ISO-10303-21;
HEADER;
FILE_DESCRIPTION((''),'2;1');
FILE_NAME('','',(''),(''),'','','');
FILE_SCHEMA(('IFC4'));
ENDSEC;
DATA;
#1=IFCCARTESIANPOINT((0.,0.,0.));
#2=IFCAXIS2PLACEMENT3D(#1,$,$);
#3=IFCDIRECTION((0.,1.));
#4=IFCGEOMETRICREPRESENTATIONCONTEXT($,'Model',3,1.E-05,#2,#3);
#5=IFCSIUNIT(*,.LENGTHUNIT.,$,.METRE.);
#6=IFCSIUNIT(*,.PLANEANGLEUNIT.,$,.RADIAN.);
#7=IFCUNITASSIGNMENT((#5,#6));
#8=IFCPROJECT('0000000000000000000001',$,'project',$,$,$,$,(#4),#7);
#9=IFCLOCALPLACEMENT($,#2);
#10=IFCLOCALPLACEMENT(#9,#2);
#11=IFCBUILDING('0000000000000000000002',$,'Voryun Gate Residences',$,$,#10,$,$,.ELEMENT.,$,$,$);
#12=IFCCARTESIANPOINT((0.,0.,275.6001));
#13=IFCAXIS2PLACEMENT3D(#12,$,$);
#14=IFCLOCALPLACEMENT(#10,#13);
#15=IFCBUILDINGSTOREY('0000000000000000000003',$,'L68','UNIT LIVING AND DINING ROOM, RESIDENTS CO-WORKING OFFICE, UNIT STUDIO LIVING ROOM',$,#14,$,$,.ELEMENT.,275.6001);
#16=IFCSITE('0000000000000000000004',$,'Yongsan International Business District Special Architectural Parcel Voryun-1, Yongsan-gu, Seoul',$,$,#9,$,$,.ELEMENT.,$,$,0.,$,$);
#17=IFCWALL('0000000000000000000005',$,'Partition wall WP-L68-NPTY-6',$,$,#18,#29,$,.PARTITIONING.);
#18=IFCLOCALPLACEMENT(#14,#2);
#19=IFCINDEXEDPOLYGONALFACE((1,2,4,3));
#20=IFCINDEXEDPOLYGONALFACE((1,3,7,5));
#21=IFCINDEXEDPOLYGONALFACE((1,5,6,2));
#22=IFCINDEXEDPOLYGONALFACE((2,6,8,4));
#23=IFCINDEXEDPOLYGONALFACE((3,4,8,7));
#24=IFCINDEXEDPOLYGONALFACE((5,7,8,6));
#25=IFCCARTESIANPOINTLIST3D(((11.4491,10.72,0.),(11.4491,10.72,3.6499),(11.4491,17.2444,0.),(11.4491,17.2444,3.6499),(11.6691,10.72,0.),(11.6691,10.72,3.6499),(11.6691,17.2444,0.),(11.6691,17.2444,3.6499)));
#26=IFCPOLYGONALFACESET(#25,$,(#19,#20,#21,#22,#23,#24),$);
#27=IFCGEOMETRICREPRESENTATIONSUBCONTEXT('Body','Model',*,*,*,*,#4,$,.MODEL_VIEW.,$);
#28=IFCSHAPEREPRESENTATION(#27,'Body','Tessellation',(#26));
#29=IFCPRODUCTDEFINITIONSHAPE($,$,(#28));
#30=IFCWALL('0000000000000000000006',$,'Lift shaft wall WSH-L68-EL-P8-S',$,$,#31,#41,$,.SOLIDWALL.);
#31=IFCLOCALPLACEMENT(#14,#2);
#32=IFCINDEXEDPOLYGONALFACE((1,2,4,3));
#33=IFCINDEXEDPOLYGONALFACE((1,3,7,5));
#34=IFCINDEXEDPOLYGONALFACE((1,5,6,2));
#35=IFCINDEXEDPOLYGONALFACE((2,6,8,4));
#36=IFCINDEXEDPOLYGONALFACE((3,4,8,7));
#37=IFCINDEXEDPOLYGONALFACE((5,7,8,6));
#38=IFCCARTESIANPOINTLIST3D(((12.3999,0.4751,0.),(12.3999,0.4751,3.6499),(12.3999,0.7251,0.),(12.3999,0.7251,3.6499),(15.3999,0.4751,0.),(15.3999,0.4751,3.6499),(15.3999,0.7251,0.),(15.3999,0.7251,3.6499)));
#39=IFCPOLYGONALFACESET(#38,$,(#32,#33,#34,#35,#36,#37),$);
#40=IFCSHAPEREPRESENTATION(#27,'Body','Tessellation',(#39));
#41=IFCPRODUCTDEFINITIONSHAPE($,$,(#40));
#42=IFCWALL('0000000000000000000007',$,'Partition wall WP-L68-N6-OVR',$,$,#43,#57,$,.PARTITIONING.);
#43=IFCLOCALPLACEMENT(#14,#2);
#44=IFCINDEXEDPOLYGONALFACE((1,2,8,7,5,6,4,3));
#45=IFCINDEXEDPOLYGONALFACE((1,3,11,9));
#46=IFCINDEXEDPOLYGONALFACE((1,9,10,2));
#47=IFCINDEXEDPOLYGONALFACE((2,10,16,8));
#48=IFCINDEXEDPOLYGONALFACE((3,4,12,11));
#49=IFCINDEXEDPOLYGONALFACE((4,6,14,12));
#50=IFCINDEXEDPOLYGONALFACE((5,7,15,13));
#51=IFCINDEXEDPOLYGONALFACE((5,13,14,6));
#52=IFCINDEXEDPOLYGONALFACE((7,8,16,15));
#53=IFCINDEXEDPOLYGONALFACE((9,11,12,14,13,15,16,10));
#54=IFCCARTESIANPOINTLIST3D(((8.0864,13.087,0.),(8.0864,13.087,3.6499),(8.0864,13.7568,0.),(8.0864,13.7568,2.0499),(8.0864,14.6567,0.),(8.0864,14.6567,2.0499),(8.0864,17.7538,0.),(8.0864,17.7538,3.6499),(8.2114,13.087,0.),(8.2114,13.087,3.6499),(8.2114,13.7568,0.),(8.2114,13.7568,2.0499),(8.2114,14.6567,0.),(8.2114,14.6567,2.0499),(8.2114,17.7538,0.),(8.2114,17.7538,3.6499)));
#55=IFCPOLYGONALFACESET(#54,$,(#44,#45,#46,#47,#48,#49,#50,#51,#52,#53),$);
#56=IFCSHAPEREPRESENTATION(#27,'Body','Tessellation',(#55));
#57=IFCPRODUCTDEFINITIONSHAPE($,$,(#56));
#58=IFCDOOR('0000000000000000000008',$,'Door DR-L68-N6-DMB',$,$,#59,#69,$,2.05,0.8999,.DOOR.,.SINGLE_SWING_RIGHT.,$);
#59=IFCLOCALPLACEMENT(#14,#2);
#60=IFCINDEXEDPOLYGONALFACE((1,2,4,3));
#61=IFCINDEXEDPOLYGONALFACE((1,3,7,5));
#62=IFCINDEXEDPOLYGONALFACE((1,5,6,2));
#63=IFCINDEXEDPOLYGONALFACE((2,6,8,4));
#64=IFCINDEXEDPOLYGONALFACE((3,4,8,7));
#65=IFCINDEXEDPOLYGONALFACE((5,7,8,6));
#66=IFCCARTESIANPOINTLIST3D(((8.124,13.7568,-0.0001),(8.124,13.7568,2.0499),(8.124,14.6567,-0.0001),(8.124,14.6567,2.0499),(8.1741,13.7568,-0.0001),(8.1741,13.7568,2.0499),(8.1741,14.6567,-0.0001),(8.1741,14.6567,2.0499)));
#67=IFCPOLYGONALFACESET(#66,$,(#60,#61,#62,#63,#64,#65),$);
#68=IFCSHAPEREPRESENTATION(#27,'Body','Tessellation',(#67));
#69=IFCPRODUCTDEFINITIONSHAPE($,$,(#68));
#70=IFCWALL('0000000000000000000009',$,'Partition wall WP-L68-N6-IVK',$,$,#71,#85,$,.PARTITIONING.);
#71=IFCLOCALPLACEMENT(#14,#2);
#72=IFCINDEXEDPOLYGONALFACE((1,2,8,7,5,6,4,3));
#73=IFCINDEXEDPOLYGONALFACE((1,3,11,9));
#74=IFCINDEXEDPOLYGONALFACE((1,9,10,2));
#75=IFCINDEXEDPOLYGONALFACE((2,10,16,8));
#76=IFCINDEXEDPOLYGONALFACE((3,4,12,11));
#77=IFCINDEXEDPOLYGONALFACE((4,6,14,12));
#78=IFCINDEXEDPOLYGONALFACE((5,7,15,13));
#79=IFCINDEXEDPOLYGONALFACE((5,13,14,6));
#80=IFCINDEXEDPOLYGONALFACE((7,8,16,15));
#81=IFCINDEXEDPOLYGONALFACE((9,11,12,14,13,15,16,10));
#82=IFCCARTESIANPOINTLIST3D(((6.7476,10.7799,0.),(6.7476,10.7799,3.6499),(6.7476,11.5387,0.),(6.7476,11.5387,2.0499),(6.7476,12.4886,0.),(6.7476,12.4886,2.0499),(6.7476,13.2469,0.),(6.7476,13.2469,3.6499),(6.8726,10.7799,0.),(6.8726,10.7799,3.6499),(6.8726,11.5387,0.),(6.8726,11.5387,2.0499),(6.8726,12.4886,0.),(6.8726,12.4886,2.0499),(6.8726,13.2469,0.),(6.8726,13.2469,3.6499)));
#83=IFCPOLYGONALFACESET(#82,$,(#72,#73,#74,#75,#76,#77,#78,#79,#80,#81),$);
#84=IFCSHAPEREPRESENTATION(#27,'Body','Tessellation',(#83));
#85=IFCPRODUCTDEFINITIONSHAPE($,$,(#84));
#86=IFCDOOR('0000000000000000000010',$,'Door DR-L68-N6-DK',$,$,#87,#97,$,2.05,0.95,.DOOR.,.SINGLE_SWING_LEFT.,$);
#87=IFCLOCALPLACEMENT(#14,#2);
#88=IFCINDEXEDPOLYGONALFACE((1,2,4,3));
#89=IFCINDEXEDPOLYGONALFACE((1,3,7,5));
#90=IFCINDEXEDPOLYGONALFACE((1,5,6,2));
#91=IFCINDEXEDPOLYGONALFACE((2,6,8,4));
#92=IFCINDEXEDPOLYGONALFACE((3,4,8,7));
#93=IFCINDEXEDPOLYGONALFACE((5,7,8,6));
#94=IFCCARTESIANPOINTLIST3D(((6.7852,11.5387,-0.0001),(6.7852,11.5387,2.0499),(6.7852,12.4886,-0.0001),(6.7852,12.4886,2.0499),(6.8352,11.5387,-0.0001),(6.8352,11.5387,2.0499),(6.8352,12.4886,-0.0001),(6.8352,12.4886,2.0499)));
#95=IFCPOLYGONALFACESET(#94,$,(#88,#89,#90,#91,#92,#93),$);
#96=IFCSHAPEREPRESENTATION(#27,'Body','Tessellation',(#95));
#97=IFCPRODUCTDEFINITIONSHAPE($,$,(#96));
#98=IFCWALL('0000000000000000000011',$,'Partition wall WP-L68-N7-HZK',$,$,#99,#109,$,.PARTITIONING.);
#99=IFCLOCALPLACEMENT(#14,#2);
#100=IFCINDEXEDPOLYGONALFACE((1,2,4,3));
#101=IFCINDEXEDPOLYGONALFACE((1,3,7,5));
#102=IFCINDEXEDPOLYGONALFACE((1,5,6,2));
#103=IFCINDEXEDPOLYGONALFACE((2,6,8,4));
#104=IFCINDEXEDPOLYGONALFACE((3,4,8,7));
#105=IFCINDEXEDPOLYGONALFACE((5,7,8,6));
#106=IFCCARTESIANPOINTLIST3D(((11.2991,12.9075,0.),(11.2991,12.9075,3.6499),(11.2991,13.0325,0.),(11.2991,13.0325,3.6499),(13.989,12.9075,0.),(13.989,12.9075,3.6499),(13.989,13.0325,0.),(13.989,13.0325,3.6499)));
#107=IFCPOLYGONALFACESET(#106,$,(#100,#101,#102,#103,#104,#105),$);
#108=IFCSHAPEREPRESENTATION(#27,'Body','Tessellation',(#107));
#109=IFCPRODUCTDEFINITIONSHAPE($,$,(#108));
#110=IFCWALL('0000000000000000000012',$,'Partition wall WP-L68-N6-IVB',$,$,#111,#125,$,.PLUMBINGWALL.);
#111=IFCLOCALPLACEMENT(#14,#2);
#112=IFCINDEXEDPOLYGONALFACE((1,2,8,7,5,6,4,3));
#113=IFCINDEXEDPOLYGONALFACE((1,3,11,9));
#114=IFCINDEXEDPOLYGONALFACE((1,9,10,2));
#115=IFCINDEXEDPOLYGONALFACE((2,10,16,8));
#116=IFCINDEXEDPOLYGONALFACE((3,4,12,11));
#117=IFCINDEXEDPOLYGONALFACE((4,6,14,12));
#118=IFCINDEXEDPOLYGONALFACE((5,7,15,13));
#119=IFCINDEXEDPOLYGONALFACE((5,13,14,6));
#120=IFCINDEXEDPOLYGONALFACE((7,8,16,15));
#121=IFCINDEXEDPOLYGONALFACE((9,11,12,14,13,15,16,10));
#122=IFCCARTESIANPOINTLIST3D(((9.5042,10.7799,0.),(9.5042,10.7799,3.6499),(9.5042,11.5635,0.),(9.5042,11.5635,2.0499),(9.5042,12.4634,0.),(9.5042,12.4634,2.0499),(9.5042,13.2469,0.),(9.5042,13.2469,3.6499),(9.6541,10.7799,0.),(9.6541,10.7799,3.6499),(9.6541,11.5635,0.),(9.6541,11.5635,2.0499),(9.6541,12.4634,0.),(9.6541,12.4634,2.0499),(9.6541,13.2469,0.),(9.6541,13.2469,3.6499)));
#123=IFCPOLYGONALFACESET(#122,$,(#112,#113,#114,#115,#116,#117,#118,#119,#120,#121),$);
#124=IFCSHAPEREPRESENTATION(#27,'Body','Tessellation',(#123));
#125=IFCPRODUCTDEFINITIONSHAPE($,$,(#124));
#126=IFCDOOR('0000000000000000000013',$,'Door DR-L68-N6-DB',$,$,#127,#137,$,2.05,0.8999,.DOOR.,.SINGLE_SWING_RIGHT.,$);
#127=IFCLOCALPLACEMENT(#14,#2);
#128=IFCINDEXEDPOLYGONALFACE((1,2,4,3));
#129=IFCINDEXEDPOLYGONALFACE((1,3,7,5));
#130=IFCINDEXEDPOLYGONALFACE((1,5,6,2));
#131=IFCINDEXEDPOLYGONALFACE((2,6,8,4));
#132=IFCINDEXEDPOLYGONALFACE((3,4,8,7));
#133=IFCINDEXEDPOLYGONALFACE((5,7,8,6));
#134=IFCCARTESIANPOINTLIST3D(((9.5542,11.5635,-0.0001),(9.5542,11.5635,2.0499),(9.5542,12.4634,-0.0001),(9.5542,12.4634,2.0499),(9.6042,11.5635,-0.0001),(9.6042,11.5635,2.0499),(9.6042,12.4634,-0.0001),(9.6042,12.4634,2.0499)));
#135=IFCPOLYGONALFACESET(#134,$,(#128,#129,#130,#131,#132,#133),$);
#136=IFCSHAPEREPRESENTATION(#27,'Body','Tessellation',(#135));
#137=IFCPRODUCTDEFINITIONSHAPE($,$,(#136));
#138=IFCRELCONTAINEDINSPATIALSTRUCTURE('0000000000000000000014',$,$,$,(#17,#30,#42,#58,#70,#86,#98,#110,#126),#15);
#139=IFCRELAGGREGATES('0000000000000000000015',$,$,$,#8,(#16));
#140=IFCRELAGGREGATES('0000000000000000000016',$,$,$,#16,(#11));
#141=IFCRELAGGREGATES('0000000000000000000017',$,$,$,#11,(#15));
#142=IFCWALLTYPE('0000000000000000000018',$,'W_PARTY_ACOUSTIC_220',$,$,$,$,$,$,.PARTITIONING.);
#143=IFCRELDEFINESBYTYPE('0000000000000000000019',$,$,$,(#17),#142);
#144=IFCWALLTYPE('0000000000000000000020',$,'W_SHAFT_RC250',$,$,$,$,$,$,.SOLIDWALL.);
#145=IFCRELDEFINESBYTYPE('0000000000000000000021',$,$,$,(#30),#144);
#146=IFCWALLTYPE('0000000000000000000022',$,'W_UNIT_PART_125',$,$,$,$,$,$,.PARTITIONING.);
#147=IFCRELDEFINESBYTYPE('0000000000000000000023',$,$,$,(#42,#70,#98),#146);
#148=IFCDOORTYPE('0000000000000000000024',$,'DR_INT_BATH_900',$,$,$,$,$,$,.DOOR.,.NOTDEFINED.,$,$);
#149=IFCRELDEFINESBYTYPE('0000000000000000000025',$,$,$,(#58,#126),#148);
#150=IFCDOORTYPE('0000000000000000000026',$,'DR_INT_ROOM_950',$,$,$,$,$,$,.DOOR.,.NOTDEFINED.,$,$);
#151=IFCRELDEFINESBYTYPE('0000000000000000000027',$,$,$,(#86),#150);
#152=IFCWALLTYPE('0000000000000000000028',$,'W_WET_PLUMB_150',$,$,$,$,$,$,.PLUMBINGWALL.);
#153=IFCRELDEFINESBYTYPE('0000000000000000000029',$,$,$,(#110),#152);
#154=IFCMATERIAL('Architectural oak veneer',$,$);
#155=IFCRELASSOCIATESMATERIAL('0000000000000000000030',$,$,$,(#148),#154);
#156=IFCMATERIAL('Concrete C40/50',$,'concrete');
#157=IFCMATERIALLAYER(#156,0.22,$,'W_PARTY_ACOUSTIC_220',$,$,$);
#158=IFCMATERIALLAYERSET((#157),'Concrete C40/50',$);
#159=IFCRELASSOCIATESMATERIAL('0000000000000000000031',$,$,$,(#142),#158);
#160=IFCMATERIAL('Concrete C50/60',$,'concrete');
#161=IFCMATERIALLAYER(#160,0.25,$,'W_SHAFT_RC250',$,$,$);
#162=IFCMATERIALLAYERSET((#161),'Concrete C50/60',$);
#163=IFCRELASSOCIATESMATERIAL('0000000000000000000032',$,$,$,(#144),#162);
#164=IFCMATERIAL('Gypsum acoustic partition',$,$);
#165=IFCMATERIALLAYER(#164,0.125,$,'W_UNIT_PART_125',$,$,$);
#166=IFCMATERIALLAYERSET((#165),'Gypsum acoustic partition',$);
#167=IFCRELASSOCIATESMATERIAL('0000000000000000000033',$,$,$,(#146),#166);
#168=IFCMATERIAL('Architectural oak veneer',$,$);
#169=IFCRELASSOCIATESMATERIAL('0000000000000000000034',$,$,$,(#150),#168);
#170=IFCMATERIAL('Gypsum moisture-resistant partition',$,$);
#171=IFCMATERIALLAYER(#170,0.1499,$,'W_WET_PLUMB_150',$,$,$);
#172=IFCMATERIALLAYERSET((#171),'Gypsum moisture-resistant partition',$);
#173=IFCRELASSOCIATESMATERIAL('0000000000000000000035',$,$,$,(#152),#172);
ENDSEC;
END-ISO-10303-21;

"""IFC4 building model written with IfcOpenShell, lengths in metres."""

from ifc_helpers import new_model, si_unit, direction, frame, frame_2d, origin, place, context, subcontext, project, spatial, rectangle, extrude, material, layer, layer_set, type_object, element, fill, save


model = new_model("IFC4")

# Units and contexts
model_context = context("Model", 3, precision=1e-05, world=origin(), true_north=direction((0.0, 1.0)))
body_context = subcontext(model_context, "Body", "Model", "MODEL_VIEW")
ifc_project = project(units=[si_unit("LENGTHUNIT", "METRE"), si_unit("PLANEANGLEUNIT", "RADIAN")], contexts=[model_context])

# Site, building, storey
site_placement = place(None, origin())
site = spatial("IfcSite", under=ifc_project, at=site_placement, Name="Yongsan International Business District Special Architectural Parcel Voryun-1, Yongsan-gu, Seoul", CompositionType="ELEMENT", RefElevation=0.0)
building_placement = place(site_placement, origin())
building = spatial("IfcBuilding", under=site, at=building_placement, Name="Voryun Gate Residences", CompositionType="ELEMENT")
storey_placement = place(building_placement, frame((0.0, 0.0, 275.6001)))
storey = spatial("IfcBuildingStorey", under=building, at=storey_placement, Name="L68", Description="UNIT LIVING AND DINING ROOM, RESIDENTS CO-WORKING OFFICE, UNIT STUDIO LIVING ROOM", CompositionType="ELEMENT", Elevation=275.6001)

# Shared definitions
ifc_material_1 = material(Name="Architectural oak veneer")
door_type_1 = type_object("IfcDoorType", Name="DR_INT_BATH_900", OperationType="NOTDEFINED", PredefinedType="DOOR", material=ifc_material_1)

# Walls
ifc_material_2 = material(Name="Concrete C40/50", Category="concrete")
ifc_layer_1 = layer(ifc_material_2, 0.22, Name="W_PARTY_ACOUSTIC_220")
ifc_layer_set_1 = layer_set([ifc_layer_1], Name="Concrete C40/50")
wall_type_1 = type_object("IfcWallType", Name="W_PARTY_ACOUSTIC_220", PredefinedType="PARTITIONING", material=ifc_layer_set_1)
wall_1_placement = place(storey_placement, frame((11.5591, 10.72, 0.0), z_axis=(0.0, 0.0, 1.0), x_axis=(0.0, 1.0, 0.0)))
element("IfcWall", 1, at=wall_1_placement, inside=storey, type_object=wall_type_1, Name="Partition wall WP-L68-NPTY-6", PredefinedType="PARTITIONING", context=body_context, shape_type="SweptSolid", body=[
    extrude(rectangle(XDim=6.5244, YDim=0.22, at=frame_2d((3.2622, 0.0))), origin(), (0.0, 0.0, 1.0), 3.6499),
])
ifc_material_3 = material(Name="Concrete C50/60", Category="concrete")
ifc_layer_2 = layer(ifc_material_3, 0.25, Name="W_SHAFT_RC250")
ifc_layer_set_2 = layer_set([ifc_layer_2], Name="Concrete C50/60")
wall_type_2 = type_object("IfcWallType", Name="W_SHAFT_RC250", PredefinedType="SOLIDWALL", material=ifc_layer_set_2)
wall_2_placement = place(storey_placement, frame((12.3999, 0.6001, 0.0), z_axis=(0.0, 0.0, 1.0), x_axis=(1.0, 0.0, 0.0)))
element("IfcWall", 2, at=wall_2_placement, inside=storey, type_object=wall_type_2, Name="Lift shaft wall WSH-L68-EL-P8-S", PredefinedType="SOLIDWALL", context=body_context, shape_type="SweptSolid", body=[
    extrude(rectangle(XDim=3.0, YDim=0.25, at=frame_2d((1.5, 0.0))), origin(), (0.0, 0.0, 1.0), 3.6499),
])

# Walls, openings, doors
ifc_material_4 = material(Name="Gypsum acoustic partition")
ifc_layer_3 = layer(ifc_material_4, 0.125, Name="W_UNIT_PART_125")
ifc_layer_set_3 = layer_set([ifc_layer_3], Name="Gypsum acoustic partition")
wall_type_3 = type_object("IfcWallType", Name="W_UNIT_PART_125", PredefinedType="PARTITIONING", material=ifc_layer_set_3)
wall_3_placement = place(storey_placement, frame((8.1489, 13.0869, 0.0), z_axis=(0.0, 0.0, 1.0), x_axis=(0.0, 1.0, 0.0)))
wall_3 = element("IfcWall", 3, at=wall_3_placement, inside=storey, type_object=wall_type_3, Name="Partition wall WP-L68-N6-OVR", PredefinedType="PARTITIONING", context=body_context, shape_type="SweptSolid", body=[
    extrude(rectangle(XDim=4.6667, YDim=0.125, at=frame_2d((2.3335, 0.0))), origin(), (0.0, 0.0, 1.0), 3.6499),
])
opening_1_placement = place(wall_3_placement, frame((0.6699, 0.0, 0.0)))
opening_1 = element("IfcOpeningElement", 4, at=opening_1_placement, cuts=wall_3, PredefinedType="OPENING", context=body_context, shape_type="SweptSolid", body=[
    extrude(rectangle(XDim=0.8999, YDim=2.05, at=frame_2d((0.45, 1.0249))), frame((0.0, 0.0725, 0.0), z_axis=(0.0, -1.0, 0.0), x_axis=(1.0, 0.0, 0.0)), (0.0, 0.0, 1.0), 0.145),
])
door_1_placement = place(opening_1_placement, origin())
door_1 = element("IfcDoor", 5, at=door_1_placement, inside=storey, type_object=door_type_1, Name="Door DR-L68-N6-DMB", OperationType="SINGLE_SWING_RIGHT", OverallHeight=2.05, OverallWidth=0.8999, PredefinedType="DOOR", context=body_context, shape_type="SweptSolid", body=[
    extrude(rectangle(XDim=0.8999, YDim=2.05, at=frame_2d((0.45, 1.0249))), frame((0.0, 0.0249, 0.0), z_axis=(0.0, -1.0, 0.0), x_axis=(1.0, 0.0, 0.0)), (0.0, 0.0, 1.0), 0.05),
])
fill(opening_1, door_1)
wall_4_placement = place(storey_placement, frame((6.8101, 10.78, 0.0), z_axis=(0.0, 0.0, 1.0), x_axis=(0.0, 1.0, 0.0)))
wall_4 = element("IfcWall", 6, at=wall_4_placement, inside=storey, type_object=wall_type_3, Name="Partition wall WP-L68-N6-IVK", PredefinedType="PARTITIONING", context=body_context, shape_type="SweptSolid", body=[
    extrude(rectangle(XDim=2.467, YDim=0.125, at=frame_2d((1.2334, 0.0))), origin(), (0.0, 0.0, 1.0), 3.6499),
])
opening_2_placement = place(wall_4_placement, frame((0.7585, 0.0, 0.0)))
opening_2 = element("IfcOpeningElement", 7, at=opening_2_placement, cuts=wall_4, PredefinedType="OPENING", context=body_context, shape_type="SweptSolid", body=[
    extrude(rectangle(XDim=0.95, YDim=2.05, at=frame_2d((0.4751, 1.0249))), frame((0.0, 0.0725, 0.0), z_axis=(0.0, -1.0, 0.0), x_axis=(1.0, 0.0, 0.0)), (0.0, 0.0, 1.0), 0.145),
])
ifc_material_5 = material(Name="Architectural oak veneer")
door_type_2 = type_object("IfcDoorType", Name="DR_INT_ROOM_950", OperationType="NOTDEFINED", PredefinedType="DOOR", material=ifc_material_5)
door_2_placement = place(opening_2_placement, origin())
door_2 = element("IfcDoor", 8, at=door_2_placement, inside=storey, type_object=door_type_2, Name="Door DR-L68-N6-DK", OperationType="SINGLE_SWING_LEFT", OverallHeight=2.05, OverallWidth=0.95, PredefinedType="DOOR", context=body_context, shape_type="SweptSolid", body=[
    extrude(rectangle(XDim=0.95, YDim=2.05, at=frame_2d((0.4751, 1.0249))), frame((0.0, 0.0249, 0.0), z_axis=(0.0, -1.0, 0.0), x_axis=(1.0, 0.0, 0.0)), (0.0, 0.0, 1.0), 0.05),
])
fill(opening_2, door_2)

# Wall
wall_5_placement = place(storey_placement, frame((11.2991, 12.97, 0.0), z_axis=(0.0, 0.0, 1.0), x_axis=(1.0, 0.0, 0.0)))
element("IfcWall", 9, at=wall_5_placement, inside=storey, type_object=wall_type_3, Name="Partition wall WP-L68-N7-HZK", PredefinedType="PARTITIONING", context=body_context, shape_type="SweptSolid", body=[
    extrude(rectangle(XDim=2.6899, YDim=0.125, at=frame_2d((1.345, 0.0))), origin(), (0.0, 0.0, 1.0), 3.6499),
])

# Wall, opening, door
ifc_material_6 = material(Name="Gypsum moisture-resistant partition")
ifc_layer_4 = layer(ifc_material_6, 0.1499, Name="W_WET_PLUMB_150")
ifc_layer_set_4 = layer_set([ifc_layer_4], Name="Gypsum moisture-resistant partition")
wall_type_4 = type_object("IfcWallType", Name="W_WET_PLUMB_150", PredefinedType="PLUMBINGWALL", material=ifc_layer_set_4)
wall_6_placement = place(storey_placement, frame((9.5791, 10.78, 0.0), z_axis=(0.0, 0.0, 1.0), x_axis=(0.0, 1.0, 0.0)))
wall_6 = element("IfcWall", 10, at=wall_6_placement, inside=storey, type_object=wall_type_4, Name="Partition wall WP-L68-N6-IVB", PredefinedType="PLUMBINGWALL", context=body_context, shape_type="SweptSolid", body=[
    extrude(rectangle(XDim=2.467, YDim=0.1499, at=frame_2d((1.2334, 0.0))), origin(), (0.0, 0.0, 1.0), 3.6499),
])
opening_3_placement = place(wall_6_placement, frame((0.7834, 0.0, 0.0)))
opening_3 = element("IfcOpeningElement", 11, at=opening_3_placement, cuts=wall_6, PredefinedType="OPENING", context=body_context, shape_type="SweptSolid", body=[
    extrude(rectangle(XDim=0.8999, YDim=2.05, at=frame_2d((0.45, 1.0249))), frame((0.0, 0.085, 0.0), z_axis=(0.0, -1.0, 0.0), x_axis=(1.0, 0.0, 0.0)), (0.0, 0.0, 1.0), 0.1699),
])
door_3_placement = place(opening_3_placement, origin())
door_3 = element("IfcDoor", 12, at=door_3_placement, inside=storey, type_object=door_type_1, Name="Door DR-L68-N6-DB", OperationType="SINGLE_SWING_RIGHT", OverallHeight=2.05, OverallWidth=0.8999, PredefinedType="DOOR", context=body_context, shape_type="SweptSolid", body=[
    extrude(rectangle(XDim=0.8999, YDim=2.05, at=frame_2d((0.45, 1.0249))), frame((0.0, 0.0249, 0.0), z_axis=(0.0, -1.0, 0.0), x_axis=(1.0, 0.0, 0.0)), (0.0, 0.0, 1.0), 0.05),
])
fill(opening_3, door_3)

save(model, "model.ifc")
